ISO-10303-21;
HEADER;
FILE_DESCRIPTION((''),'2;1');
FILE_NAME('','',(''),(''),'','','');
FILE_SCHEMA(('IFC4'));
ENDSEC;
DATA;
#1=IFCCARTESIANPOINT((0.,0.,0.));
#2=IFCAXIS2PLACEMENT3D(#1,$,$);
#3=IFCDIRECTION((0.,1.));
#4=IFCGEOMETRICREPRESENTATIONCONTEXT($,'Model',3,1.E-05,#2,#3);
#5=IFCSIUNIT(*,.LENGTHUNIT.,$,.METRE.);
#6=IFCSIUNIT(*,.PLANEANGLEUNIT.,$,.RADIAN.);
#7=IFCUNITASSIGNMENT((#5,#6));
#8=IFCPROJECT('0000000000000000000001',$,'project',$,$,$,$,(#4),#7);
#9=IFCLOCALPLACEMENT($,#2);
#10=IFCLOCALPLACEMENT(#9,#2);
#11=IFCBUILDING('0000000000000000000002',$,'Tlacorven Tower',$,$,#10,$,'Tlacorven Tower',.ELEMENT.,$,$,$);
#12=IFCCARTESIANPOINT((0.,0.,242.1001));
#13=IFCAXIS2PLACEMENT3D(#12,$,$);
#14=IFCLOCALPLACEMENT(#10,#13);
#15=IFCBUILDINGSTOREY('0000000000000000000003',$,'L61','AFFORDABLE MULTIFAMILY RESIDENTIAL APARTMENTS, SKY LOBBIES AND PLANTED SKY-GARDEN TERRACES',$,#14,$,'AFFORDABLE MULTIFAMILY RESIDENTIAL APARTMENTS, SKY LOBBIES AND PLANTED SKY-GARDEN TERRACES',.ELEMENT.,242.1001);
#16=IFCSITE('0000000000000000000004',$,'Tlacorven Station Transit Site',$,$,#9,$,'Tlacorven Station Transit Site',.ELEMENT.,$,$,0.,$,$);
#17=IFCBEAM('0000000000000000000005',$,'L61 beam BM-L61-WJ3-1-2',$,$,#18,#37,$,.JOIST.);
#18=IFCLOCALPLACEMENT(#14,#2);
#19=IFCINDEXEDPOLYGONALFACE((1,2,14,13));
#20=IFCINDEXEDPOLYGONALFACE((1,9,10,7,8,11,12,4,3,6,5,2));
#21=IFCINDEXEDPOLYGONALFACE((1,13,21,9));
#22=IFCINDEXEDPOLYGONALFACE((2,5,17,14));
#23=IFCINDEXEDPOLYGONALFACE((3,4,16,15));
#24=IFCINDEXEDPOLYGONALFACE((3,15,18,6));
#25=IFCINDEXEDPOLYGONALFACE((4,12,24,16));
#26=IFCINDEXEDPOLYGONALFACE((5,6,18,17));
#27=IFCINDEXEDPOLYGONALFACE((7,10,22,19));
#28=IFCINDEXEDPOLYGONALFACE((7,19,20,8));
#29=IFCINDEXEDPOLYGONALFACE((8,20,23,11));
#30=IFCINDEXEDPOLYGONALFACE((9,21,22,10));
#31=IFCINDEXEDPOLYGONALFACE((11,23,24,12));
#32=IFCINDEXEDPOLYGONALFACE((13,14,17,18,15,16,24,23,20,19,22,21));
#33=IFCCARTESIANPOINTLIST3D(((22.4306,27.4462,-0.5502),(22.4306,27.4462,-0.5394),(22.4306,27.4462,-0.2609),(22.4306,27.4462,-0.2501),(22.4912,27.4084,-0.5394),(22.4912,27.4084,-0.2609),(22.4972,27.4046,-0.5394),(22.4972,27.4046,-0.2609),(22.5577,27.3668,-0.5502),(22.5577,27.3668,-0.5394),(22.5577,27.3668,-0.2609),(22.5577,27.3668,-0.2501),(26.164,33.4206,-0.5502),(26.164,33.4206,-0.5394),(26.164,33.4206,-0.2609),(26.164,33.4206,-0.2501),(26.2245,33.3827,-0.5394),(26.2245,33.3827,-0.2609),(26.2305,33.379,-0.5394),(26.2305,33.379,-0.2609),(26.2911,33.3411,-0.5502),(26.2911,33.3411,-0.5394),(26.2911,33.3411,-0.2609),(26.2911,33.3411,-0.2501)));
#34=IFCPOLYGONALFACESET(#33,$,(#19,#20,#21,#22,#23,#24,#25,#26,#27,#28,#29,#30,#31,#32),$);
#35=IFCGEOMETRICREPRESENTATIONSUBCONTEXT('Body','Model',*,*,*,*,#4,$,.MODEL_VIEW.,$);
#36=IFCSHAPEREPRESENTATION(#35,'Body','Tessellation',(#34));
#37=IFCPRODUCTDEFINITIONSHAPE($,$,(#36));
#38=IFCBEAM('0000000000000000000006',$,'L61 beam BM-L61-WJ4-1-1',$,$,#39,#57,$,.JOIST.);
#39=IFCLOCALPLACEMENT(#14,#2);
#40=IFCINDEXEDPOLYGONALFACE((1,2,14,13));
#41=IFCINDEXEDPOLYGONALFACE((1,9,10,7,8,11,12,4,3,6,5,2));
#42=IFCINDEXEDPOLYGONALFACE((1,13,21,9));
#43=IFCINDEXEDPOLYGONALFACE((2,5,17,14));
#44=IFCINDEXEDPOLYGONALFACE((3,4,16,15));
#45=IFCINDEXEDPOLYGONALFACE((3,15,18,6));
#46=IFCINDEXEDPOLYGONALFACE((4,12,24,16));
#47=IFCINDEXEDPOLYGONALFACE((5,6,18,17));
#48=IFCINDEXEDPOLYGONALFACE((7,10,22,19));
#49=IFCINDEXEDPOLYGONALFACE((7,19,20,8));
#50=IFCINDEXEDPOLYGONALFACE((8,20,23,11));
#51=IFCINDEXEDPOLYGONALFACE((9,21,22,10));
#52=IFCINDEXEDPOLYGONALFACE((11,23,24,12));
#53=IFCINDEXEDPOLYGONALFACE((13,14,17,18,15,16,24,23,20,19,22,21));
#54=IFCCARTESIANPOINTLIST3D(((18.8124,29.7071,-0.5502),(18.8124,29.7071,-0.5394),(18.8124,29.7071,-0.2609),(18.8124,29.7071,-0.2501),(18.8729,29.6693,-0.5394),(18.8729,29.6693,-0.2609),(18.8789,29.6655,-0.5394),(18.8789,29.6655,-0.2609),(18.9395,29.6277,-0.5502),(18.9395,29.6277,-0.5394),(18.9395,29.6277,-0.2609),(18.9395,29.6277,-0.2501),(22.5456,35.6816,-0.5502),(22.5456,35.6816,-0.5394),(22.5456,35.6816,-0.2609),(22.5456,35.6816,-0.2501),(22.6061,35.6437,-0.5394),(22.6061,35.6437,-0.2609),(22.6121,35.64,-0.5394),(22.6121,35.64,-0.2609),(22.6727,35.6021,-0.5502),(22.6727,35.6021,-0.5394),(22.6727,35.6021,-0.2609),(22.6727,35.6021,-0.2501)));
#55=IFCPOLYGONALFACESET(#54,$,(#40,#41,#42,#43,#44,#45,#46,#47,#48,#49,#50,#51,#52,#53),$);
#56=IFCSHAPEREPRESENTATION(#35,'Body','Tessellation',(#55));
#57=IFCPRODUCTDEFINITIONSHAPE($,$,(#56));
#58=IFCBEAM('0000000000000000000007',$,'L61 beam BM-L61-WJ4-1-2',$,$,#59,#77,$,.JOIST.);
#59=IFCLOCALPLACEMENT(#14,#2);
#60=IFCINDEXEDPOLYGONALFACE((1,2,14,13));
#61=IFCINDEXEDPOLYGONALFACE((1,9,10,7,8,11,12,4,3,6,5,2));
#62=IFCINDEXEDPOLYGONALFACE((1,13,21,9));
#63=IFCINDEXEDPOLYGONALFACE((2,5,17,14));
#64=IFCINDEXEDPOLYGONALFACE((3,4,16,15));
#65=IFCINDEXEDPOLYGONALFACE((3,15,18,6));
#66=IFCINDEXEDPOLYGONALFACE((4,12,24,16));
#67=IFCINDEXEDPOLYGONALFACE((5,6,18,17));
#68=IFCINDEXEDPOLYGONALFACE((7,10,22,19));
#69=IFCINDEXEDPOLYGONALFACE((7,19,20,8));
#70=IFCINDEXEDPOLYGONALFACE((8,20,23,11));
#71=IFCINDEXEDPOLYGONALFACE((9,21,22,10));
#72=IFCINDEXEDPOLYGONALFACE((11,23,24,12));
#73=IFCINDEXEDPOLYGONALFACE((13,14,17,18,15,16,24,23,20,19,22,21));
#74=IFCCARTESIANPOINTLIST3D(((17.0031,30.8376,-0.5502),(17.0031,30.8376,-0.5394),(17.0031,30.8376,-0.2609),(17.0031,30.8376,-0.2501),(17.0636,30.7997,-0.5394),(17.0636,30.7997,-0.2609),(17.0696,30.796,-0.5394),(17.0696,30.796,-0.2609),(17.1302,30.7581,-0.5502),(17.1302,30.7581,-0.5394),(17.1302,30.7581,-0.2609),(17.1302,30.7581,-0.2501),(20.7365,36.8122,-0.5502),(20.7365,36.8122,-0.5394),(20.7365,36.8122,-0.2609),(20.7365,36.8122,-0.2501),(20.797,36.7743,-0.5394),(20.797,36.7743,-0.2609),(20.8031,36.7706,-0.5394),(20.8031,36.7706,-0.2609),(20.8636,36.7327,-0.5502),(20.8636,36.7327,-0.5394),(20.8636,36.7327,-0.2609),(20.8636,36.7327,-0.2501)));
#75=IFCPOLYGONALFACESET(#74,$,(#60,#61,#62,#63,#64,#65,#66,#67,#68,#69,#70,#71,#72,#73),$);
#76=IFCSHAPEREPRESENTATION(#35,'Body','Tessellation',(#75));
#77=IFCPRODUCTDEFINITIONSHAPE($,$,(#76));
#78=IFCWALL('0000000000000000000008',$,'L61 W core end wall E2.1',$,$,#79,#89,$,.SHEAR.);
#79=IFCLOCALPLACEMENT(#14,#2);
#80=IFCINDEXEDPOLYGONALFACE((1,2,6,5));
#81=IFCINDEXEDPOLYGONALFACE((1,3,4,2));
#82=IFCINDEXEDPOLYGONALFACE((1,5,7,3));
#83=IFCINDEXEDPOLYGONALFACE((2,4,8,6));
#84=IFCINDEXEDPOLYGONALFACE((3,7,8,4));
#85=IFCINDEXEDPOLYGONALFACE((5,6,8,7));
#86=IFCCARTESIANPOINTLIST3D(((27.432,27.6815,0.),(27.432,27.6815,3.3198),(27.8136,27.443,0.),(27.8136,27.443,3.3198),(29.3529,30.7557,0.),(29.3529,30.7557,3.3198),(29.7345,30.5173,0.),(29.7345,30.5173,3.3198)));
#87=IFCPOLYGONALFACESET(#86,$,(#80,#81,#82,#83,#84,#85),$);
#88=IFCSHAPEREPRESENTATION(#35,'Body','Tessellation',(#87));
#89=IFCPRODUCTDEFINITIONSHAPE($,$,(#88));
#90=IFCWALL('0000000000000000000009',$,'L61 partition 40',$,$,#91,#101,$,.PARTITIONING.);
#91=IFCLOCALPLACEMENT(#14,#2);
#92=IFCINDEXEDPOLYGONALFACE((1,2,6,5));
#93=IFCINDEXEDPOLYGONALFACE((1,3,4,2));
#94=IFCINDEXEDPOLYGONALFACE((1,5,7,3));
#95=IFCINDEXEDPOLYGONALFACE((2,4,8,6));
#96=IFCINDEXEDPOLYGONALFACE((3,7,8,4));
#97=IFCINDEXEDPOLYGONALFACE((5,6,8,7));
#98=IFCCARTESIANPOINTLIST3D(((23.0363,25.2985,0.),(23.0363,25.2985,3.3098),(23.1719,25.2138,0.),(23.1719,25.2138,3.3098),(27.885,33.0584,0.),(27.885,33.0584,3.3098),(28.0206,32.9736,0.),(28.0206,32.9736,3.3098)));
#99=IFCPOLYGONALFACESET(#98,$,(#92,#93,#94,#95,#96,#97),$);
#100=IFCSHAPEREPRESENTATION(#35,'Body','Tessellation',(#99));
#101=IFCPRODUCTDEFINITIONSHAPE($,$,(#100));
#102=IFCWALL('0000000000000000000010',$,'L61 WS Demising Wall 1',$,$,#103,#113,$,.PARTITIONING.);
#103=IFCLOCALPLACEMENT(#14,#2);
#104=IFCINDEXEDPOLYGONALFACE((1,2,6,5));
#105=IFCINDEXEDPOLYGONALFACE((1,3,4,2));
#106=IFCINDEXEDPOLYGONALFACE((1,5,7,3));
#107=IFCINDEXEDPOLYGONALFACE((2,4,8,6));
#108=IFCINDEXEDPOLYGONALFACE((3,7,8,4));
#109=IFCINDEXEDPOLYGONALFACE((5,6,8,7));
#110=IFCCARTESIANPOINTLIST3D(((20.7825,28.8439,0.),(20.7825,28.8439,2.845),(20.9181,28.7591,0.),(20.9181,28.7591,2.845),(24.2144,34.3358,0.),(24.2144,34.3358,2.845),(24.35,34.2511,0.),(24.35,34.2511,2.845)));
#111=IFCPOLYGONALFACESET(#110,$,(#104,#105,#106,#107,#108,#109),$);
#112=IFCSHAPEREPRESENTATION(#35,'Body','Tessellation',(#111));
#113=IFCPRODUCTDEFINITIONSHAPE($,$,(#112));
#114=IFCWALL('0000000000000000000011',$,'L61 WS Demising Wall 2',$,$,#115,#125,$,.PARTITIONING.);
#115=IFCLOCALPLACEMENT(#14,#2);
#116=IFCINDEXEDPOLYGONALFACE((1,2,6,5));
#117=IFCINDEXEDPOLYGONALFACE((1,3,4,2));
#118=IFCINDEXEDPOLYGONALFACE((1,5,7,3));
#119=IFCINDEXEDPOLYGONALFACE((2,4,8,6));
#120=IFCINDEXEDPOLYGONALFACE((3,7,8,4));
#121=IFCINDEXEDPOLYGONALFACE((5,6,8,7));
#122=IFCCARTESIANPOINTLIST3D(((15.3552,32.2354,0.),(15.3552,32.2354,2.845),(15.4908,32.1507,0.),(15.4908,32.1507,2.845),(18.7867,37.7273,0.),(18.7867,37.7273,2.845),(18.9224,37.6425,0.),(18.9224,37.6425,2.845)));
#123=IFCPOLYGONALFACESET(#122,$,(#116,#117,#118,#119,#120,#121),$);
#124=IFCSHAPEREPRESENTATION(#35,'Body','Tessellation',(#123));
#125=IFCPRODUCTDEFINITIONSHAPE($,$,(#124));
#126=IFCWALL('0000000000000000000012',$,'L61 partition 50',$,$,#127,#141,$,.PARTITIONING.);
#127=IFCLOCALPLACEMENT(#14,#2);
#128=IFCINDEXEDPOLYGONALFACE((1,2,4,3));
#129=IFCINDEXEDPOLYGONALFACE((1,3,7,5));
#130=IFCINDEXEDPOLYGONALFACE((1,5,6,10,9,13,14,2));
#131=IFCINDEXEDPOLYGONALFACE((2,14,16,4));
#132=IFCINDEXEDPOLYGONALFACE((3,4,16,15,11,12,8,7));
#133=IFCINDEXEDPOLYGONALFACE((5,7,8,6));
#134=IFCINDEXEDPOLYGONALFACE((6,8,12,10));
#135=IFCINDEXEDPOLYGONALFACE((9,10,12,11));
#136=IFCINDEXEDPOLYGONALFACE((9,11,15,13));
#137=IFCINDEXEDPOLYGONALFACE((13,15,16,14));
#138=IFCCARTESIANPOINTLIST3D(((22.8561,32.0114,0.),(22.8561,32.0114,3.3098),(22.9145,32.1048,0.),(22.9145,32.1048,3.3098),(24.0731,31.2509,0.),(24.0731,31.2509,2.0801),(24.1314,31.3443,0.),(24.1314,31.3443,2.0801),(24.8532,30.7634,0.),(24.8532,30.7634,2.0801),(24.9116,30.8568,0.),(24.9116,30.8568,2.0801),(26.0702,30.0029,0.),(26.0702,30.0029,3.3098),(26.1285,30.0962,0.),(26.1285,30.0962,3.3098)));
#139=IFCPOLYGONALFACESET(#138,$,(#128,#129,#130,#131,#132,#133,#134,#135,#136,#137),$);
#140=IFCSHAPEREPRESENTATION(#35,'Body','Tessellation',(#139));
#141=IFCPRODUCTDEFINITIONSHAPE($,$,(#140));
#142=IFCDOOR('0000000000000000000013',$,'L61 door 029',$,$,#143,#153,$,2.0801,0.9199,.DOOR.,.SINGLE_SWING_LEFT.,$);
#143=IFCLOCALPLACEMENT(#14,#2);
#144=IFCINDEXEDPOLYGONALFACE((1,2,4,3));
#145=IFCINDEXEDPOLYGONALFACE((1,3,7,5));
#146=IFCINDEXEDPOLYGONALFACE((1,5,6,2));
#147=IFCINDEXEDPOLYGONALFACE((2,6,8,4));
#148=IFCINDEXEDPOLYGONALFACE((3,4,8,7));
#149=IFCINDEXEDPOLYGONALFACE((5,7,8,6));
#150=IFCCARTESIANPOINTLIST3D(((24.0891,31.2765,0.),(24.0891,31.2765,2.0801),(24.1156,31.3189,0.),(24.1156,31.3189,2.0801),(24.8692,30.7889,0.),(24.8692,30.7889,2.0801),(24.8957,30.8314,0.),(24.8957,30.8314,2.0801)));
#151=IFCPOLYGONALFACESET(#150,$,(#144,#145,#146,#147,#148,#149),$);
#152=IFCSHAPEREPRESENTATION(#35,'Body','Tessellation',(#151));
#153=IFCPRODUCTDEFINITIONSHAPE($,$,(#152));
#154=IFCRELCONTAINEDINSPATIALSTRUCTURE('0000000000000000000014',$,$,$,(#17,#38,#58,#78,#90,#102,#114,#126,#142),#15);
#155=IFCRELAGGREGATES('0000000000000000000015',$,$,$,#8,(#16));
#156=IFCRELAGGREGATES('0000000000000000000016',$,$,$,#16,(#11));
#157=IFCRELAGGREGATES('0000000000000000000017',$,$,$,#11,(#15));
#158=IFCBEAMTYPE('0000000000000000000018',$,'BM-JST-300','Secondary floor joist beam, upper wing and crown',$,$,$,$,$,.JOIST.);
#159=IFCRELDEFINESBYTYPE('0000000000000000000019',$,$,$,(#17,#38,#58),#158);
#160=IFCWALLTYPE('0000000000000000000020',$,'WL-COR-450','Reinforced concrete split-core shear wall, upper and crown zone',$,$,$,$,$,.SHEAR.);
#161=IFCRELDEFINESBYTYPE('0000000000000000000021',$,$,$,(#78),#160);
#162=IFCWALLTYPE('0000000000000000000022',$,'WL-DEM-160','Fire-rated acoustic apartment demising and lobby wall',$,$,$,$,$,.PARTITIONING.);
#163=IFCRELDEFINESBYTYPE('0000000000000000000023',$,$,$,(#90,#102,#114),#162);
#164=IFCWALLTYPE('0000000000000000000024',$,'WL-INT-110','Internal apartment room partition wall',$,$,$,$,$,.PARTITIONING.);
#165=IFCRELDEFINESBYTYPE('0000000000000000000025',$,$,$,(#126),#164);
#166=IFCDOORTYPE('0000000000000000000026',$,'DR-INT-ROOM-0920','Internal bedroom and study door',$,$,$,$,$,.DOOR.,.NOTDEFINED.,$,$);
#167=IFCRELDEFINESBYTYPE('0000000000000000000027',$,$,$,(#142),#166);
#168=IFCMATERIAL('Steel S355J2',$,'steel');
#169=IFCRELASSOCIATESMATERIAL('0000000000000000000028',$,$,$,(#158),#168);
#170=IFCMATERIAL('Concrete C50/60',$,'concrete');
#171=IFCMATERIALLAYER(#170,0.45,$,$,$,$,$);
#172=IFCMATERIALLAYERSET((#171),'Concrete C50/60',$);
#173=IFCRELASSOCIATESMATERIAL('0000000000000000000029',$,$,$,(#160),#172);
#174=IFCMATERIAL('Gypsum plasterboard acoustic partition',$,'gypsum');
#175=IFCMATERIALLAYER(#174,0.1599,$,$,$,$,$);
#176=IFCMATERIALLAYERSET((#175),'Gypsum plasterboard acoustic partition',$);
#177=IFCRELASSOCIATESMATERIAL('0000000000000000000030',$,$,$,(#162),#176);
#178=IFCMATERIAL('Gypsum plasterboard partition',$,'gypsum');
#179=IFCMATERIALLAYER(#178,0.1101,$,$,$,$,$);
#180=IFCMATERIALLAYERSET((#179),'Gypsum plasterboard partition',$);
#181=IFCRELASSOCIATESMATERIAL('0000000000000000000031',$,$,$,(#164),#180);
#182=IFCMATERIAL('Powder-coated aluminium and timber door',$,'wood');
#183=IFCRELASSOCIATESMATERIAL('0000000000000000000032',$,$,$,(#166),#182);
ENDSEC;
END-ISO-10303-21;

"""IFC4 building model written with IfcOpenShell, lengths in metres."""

from ifc_helpers import new_model, si_unit, direction, frame, frame_2d, origin, origin_2d, place, context, subcontext, project, spatial, rectangle, i_section, extrude, source, transform, mapped, material, layer, layer_set, material_profile, profile_set, type_object, element, fill, save


model = new_model("IFC4")

# Units and contexts
model_context = context("Model", 3, precision=1e-05, world=origin(), true_north=direction((0.0, 1.0)))
body_context = subcontext(model_context, "Body", "Model", "MODEL_VIEW")
ifc_project = project(units=[si_unit("LENGTHUNIT", "METRE"), si_unit("PLANEANGLEUNIT", "RADIAN")], contexts=[model_context])

# Site, building, storey
site_placement = place(None, origin())
site = spatial("IfcSite", under=ifc_project, at=site_placement, Name="Tlacorven Station Transit Site", LongName="Tlacorven Station Transit Site", CompositionType="ELEMENT", RefElevation=0.0)
building_placement = place(site_placement, origin())
building = spatial("IfcBuilding", under=site, at=building_placement, Name="Tlacorven Tower", LongName="Tlacorven Tower", CompositionType="ELEMENT")
storey_placement = place(building_placement, frame((0.0, 0.0, 242.1001)))
storey = spatial("IfcBuildingStorey", under=building, at=storey_placement, Name="L61", Description="AFFORDABLE MULTIFAMILY RESIDENTIAL APARTMENTS, SKY LOBBIES AND PLANTED SKY-GARDEN TERRACES", LongName="AFFORDABLE MULTIFAMILY RESIDENTIAL APARTMENTS, SKY LOBBIES AND PLANTED SKY-GARDEN TERRACES", CompositionType="ELEMENT", Elevation=242.1001)

# Beams
ifc_material_1 = material(Name="Steel S355J2", Category="steel")
ifc_material_profile_1 = material_profile(ifc_material_1, i_section(OverallWidth=0.1499, OverallDepth=0.3, WebThickness=0.0071, FlangeThickness=0.0107, at=origin_2d()), Name="IPE 300")
ifc_profile_set_1 = profile_set([ifc_material_profile_1], Name="Steel S355J2")
beam_type_1 = type_object("IfcBeamType", Name="BM-JST-300", Description="Secondary floor joist beam, upper wing and crown", PredefinedType="JOIST", material=ifc_profile_set_1)
shared_shape_1 = source(origin(), body_context, "Body", "SweptSolid", [
    extrude(i_section(OverallWidth=0.1499, OverallDepth=0.3, WebThickness=0.0071, FlangeThickness=0.0107, at=origin_2d()), origin(), (0.0, 0.0, 1.0), 7.0449),
])
for number, where, z_axis, x_axis, name in (
    (1, (26.2275, 33.3809, -0.4001), (-0.52994, -0.848035, 0.0), (0.848035, -0.52994, 0.0), "L61 beam BM-L61-WJ3-1-2"),
    (2, (22.6091, 35.6418, -0.4001), (-0.529915, -0.848051, 0.0), (0.848051, -0.529915, 0.0), "L61 beam BM-L61-WJ4-1-1"),
):
    element("IfcBeam", number, at=place(storey_placement, frame(where, z_axis=z_axis, x_axis=x_axis)), inside=storey, type_object=beam_type_1, Name=name, PredefinedType="JOIST", context=body_context, shape_type="MappedRepresentation", body=[
        mapped(shared_shape_1, transform((0.0, 0.0, 0.0), scale=1.0)),
    ])
shared_shape_2 = source(origin(), body_context, "Body", "SweptSolid", [
    extrude(i_section(OverallWidth=0.1499, OverallDepth=0.3, WebThickness=0.0071, FlangeThickness=0.0107, at=origin_2d()), origin(), (0.0, 0.0, 1.0), 7.0452),
])
beam_1_placement = place(storey_placement, frame((20.8, 36.7725, -0.4001), z_axis=(-0.529924, -0.848045, 0.0), x_axis=(0.848045, -0.529924, 0.0)))
element("IfcBeam", 3, at=beam_1_placement, inside=storey, type_object=beam_type_1, Name="L61 beam BM-L61-WJ4-1-2", PredefinedType="JOIST", context=body_context, shape_type="MappedRepresentation", body=[
    mapped(shared_shape_2, transform((0.0, 0.0, 0.0), scale=1.0)),
])

# Walls
ifc_material_2 = material(Name="Concrete C50/60", Category="concrete")
ifc_layer_1 = layer(ifc_material_2, 0.45)
ifc_layer_set_1 = layer_set([ifc_layer_1], Name="Concrete C50/60")
wall_type_1 = type_object("IfcWallType", Name="WL-COR-450", Description="Reinforced concrete split-core shear wall, upper and crown zone", PredefinedType="SHEAR", material=ifc_layer_set_1)
wall_1_placement = place(storey_placement, frame((29.5437, 30.6365, 0.0), z_axis=(0.0, 0.0, 1.0), x_axis=(-0.529902, -0.848059, 0.0)))
element("IfcWall", 4, at=wall_1_placement, inside=storey, type_object=wall_type_1, Name="L61 W core end wall E2.1", PredefinedType="SHEAR", context=body_context, shape_type="SweptSolid", body=[
    extrude(rectangle(XDim=3.625, YDim=0.45, at=frame_2d((1.8125, 0.0))), origin(), (0.0, 0.0, 1.0), 3.3198),
])
ifc_material_3 = material(Name="Gypsum plasterboard acoustic partition", Category="gypsum")
ifc_layer_2 = layer(ifc_material_3, 0.1599)
ifc_layer_set_2 = layer_set([ifc_layer_2], Name="Gypsum plasterboard acoustic partition")
wall_type_2 = type_object("IfcWallType", Name="WL-DEM-160", Description="Fire-rated acoustic apartment demising and lobby wall", PredefinedType="PARTITIONING", material=ifc_layer_set_2)
wall_2_placement = place(storey_placement, frame((27.9529, 33.0161, 0.0), z_axis=(0.0, 0.0, 1.0), x_axis=(-0.529903, -0.848058, 0.0)))
element("IfcWall", 5, at=wall_2_placement, inside=storey, type_object=wall_type_2, Name="L61 partition 40", PredefinedType="PARTITIONING", context=body_context, shape_type="SweptSolid", body=[
    extrude(rectangle(XDim=9.1501, YDim=0.1599, at=frame_2d((4.5752, 0.0))), origin(), (0.0, 0.0, 1.0), 3.3098),
])
wall_3_placement = place(storey_placement, frame((24.2822, 34.2935, 0.0), z_axis=(0.0, 0.0, 1.0), x_axis=(-0.529935, -0.848039, 0.0)))
element("IfcWall", 6, at=wall_3_placement, inside=storey, type_object=wall_type_2, Name="L61 WS Demising Wall 1", PredefinedType="PARTITIONING", context=body_context, shape_type="SweptSolid", body=[
    extrude(rectangle(XDim=6.4761, YDim=0.1599, at=frame_2d((3.238, 0.0))), origin(), (0.0, 0.0, 1.0), 2.845),
])
wall_4_placement = place(storey_placement, frame((18.8545, 37.6848, 0.0), z_axis=(0.0, 0.0, 1.0), x_axis=(-0.529907, -0.848055, 0.0)))
element("IfcWall", 7, at=wall_4_placement, inside=storey, type_object=wall_type_2, Name="L61 WS Demising Wall 2", PredefinedType="PARTITIONING", context=body_context, shape_type="SweptSolid", body=[
    extrude(rectangle(XDim=6.4758, YDim=0.1599, at=frame_2d((3.2378, 0.0))), origin(), (0.0, 0.0, 1.0), 2.845),
])

# Wall, opening, door
ifc_material_4 = material(Name="Gypsum plasterboard partition", Category="gypsum")
ifc_layer_3 = layer(ifc_material_4, 0.1101)
ifc_layer_set_3 = layer_set([ifc_layer_3], Name="Gypsum plasterboard partition")
wall_type_3 = type_object("IfcWallType", Name="WL-INT-110", Description="Internal apartment room partition wall", PredefinedType="PARTITIONING", material=ifc_layer_set_3)
wall_5_placement = place(storey_placement, frame((26.0994, 30.0496, 0.0), z_axis=(0.0, 0.0, 1.0), x_axis=(-0.848031, 0.529947, 0.0)))
wall_5 = element("IfcWall", 8, at=wall_5_placement, inside=storey, type_object=wall_type_3, Name="L61 partition 50", PredefinedType="PARTITIONING", context=body_context, shape_type="SweptSolid", body=[
    extrude(rectangle(XDim=3.79, YDim=0.1101, at=frame_2d((1.895, 0.0))), origin(), (0.0, 0.0, 1.0), 3.3098),
])
opening_1_placement = place(wall_5_placement, frame((1.4351, 0.0, 0.0)))
opening_1 = element("IfcOpeningElement", 9, at=opening_1_placement, cuts=wall_5, PredefinedType="OPENING", context=body_context, shape_type="SweptSolid", body=[
    extrude(rectangle(XDim=0.9199, YDim=2.0801, at=frame_2d((0.46, 1.04))), frame((0.0, 0.0649, 0.0), z_axis=(0.0, -1.0, 0.0), x_axis=(1.0, 0.0, 0.0)), (0.0, 0.0, 1.0), 0.1301),
])
ifc_material_5 = material(Name="Powder-coated aluminium and timber door", Category="wood")
door_type_1 = type_object("IfcDoorType", Name="DR-INT-ROOM-0920", Description="Internal bedroom and study door", OperationType="NOTDEFINED", PredefinedType="DOOR", material=ifc_material_5)
shared_shape_3 = source(origin(), body_context, "Body", "SweptSolid", [
    extrude(rectangle(XDim=0.9199, YDim=2.0801, at=frame_2d((0.46, 1.04))), frame((0.0, 0.0249, 0.0), z_axis=(0.0, -1.0, 0.0), x_axis=(1.0, 0.0, 0.0)), (0.0, 0.0, 1.0), 0.05),
])
door_1_placement = place(opening_1_placement, origin())
door_1 = element("IfcDoor", 10, at=door_1_placement, inside=storey, type_object=door_type_1, Name="L61 door 029", OperationType="SINGLE_SWING_LEFT", OverallHeight=2.0801, OverallWidth=0.9199, PredefinedType="DOOR", context=body_context, shape_type="MappedRepresentation", body=[
    mapped(shared_shape_3, transform((0.0, 0.0, 0.0), scale=1.0)),
])
fill(opening_1, door_1)

save(model, "model.ifc")
